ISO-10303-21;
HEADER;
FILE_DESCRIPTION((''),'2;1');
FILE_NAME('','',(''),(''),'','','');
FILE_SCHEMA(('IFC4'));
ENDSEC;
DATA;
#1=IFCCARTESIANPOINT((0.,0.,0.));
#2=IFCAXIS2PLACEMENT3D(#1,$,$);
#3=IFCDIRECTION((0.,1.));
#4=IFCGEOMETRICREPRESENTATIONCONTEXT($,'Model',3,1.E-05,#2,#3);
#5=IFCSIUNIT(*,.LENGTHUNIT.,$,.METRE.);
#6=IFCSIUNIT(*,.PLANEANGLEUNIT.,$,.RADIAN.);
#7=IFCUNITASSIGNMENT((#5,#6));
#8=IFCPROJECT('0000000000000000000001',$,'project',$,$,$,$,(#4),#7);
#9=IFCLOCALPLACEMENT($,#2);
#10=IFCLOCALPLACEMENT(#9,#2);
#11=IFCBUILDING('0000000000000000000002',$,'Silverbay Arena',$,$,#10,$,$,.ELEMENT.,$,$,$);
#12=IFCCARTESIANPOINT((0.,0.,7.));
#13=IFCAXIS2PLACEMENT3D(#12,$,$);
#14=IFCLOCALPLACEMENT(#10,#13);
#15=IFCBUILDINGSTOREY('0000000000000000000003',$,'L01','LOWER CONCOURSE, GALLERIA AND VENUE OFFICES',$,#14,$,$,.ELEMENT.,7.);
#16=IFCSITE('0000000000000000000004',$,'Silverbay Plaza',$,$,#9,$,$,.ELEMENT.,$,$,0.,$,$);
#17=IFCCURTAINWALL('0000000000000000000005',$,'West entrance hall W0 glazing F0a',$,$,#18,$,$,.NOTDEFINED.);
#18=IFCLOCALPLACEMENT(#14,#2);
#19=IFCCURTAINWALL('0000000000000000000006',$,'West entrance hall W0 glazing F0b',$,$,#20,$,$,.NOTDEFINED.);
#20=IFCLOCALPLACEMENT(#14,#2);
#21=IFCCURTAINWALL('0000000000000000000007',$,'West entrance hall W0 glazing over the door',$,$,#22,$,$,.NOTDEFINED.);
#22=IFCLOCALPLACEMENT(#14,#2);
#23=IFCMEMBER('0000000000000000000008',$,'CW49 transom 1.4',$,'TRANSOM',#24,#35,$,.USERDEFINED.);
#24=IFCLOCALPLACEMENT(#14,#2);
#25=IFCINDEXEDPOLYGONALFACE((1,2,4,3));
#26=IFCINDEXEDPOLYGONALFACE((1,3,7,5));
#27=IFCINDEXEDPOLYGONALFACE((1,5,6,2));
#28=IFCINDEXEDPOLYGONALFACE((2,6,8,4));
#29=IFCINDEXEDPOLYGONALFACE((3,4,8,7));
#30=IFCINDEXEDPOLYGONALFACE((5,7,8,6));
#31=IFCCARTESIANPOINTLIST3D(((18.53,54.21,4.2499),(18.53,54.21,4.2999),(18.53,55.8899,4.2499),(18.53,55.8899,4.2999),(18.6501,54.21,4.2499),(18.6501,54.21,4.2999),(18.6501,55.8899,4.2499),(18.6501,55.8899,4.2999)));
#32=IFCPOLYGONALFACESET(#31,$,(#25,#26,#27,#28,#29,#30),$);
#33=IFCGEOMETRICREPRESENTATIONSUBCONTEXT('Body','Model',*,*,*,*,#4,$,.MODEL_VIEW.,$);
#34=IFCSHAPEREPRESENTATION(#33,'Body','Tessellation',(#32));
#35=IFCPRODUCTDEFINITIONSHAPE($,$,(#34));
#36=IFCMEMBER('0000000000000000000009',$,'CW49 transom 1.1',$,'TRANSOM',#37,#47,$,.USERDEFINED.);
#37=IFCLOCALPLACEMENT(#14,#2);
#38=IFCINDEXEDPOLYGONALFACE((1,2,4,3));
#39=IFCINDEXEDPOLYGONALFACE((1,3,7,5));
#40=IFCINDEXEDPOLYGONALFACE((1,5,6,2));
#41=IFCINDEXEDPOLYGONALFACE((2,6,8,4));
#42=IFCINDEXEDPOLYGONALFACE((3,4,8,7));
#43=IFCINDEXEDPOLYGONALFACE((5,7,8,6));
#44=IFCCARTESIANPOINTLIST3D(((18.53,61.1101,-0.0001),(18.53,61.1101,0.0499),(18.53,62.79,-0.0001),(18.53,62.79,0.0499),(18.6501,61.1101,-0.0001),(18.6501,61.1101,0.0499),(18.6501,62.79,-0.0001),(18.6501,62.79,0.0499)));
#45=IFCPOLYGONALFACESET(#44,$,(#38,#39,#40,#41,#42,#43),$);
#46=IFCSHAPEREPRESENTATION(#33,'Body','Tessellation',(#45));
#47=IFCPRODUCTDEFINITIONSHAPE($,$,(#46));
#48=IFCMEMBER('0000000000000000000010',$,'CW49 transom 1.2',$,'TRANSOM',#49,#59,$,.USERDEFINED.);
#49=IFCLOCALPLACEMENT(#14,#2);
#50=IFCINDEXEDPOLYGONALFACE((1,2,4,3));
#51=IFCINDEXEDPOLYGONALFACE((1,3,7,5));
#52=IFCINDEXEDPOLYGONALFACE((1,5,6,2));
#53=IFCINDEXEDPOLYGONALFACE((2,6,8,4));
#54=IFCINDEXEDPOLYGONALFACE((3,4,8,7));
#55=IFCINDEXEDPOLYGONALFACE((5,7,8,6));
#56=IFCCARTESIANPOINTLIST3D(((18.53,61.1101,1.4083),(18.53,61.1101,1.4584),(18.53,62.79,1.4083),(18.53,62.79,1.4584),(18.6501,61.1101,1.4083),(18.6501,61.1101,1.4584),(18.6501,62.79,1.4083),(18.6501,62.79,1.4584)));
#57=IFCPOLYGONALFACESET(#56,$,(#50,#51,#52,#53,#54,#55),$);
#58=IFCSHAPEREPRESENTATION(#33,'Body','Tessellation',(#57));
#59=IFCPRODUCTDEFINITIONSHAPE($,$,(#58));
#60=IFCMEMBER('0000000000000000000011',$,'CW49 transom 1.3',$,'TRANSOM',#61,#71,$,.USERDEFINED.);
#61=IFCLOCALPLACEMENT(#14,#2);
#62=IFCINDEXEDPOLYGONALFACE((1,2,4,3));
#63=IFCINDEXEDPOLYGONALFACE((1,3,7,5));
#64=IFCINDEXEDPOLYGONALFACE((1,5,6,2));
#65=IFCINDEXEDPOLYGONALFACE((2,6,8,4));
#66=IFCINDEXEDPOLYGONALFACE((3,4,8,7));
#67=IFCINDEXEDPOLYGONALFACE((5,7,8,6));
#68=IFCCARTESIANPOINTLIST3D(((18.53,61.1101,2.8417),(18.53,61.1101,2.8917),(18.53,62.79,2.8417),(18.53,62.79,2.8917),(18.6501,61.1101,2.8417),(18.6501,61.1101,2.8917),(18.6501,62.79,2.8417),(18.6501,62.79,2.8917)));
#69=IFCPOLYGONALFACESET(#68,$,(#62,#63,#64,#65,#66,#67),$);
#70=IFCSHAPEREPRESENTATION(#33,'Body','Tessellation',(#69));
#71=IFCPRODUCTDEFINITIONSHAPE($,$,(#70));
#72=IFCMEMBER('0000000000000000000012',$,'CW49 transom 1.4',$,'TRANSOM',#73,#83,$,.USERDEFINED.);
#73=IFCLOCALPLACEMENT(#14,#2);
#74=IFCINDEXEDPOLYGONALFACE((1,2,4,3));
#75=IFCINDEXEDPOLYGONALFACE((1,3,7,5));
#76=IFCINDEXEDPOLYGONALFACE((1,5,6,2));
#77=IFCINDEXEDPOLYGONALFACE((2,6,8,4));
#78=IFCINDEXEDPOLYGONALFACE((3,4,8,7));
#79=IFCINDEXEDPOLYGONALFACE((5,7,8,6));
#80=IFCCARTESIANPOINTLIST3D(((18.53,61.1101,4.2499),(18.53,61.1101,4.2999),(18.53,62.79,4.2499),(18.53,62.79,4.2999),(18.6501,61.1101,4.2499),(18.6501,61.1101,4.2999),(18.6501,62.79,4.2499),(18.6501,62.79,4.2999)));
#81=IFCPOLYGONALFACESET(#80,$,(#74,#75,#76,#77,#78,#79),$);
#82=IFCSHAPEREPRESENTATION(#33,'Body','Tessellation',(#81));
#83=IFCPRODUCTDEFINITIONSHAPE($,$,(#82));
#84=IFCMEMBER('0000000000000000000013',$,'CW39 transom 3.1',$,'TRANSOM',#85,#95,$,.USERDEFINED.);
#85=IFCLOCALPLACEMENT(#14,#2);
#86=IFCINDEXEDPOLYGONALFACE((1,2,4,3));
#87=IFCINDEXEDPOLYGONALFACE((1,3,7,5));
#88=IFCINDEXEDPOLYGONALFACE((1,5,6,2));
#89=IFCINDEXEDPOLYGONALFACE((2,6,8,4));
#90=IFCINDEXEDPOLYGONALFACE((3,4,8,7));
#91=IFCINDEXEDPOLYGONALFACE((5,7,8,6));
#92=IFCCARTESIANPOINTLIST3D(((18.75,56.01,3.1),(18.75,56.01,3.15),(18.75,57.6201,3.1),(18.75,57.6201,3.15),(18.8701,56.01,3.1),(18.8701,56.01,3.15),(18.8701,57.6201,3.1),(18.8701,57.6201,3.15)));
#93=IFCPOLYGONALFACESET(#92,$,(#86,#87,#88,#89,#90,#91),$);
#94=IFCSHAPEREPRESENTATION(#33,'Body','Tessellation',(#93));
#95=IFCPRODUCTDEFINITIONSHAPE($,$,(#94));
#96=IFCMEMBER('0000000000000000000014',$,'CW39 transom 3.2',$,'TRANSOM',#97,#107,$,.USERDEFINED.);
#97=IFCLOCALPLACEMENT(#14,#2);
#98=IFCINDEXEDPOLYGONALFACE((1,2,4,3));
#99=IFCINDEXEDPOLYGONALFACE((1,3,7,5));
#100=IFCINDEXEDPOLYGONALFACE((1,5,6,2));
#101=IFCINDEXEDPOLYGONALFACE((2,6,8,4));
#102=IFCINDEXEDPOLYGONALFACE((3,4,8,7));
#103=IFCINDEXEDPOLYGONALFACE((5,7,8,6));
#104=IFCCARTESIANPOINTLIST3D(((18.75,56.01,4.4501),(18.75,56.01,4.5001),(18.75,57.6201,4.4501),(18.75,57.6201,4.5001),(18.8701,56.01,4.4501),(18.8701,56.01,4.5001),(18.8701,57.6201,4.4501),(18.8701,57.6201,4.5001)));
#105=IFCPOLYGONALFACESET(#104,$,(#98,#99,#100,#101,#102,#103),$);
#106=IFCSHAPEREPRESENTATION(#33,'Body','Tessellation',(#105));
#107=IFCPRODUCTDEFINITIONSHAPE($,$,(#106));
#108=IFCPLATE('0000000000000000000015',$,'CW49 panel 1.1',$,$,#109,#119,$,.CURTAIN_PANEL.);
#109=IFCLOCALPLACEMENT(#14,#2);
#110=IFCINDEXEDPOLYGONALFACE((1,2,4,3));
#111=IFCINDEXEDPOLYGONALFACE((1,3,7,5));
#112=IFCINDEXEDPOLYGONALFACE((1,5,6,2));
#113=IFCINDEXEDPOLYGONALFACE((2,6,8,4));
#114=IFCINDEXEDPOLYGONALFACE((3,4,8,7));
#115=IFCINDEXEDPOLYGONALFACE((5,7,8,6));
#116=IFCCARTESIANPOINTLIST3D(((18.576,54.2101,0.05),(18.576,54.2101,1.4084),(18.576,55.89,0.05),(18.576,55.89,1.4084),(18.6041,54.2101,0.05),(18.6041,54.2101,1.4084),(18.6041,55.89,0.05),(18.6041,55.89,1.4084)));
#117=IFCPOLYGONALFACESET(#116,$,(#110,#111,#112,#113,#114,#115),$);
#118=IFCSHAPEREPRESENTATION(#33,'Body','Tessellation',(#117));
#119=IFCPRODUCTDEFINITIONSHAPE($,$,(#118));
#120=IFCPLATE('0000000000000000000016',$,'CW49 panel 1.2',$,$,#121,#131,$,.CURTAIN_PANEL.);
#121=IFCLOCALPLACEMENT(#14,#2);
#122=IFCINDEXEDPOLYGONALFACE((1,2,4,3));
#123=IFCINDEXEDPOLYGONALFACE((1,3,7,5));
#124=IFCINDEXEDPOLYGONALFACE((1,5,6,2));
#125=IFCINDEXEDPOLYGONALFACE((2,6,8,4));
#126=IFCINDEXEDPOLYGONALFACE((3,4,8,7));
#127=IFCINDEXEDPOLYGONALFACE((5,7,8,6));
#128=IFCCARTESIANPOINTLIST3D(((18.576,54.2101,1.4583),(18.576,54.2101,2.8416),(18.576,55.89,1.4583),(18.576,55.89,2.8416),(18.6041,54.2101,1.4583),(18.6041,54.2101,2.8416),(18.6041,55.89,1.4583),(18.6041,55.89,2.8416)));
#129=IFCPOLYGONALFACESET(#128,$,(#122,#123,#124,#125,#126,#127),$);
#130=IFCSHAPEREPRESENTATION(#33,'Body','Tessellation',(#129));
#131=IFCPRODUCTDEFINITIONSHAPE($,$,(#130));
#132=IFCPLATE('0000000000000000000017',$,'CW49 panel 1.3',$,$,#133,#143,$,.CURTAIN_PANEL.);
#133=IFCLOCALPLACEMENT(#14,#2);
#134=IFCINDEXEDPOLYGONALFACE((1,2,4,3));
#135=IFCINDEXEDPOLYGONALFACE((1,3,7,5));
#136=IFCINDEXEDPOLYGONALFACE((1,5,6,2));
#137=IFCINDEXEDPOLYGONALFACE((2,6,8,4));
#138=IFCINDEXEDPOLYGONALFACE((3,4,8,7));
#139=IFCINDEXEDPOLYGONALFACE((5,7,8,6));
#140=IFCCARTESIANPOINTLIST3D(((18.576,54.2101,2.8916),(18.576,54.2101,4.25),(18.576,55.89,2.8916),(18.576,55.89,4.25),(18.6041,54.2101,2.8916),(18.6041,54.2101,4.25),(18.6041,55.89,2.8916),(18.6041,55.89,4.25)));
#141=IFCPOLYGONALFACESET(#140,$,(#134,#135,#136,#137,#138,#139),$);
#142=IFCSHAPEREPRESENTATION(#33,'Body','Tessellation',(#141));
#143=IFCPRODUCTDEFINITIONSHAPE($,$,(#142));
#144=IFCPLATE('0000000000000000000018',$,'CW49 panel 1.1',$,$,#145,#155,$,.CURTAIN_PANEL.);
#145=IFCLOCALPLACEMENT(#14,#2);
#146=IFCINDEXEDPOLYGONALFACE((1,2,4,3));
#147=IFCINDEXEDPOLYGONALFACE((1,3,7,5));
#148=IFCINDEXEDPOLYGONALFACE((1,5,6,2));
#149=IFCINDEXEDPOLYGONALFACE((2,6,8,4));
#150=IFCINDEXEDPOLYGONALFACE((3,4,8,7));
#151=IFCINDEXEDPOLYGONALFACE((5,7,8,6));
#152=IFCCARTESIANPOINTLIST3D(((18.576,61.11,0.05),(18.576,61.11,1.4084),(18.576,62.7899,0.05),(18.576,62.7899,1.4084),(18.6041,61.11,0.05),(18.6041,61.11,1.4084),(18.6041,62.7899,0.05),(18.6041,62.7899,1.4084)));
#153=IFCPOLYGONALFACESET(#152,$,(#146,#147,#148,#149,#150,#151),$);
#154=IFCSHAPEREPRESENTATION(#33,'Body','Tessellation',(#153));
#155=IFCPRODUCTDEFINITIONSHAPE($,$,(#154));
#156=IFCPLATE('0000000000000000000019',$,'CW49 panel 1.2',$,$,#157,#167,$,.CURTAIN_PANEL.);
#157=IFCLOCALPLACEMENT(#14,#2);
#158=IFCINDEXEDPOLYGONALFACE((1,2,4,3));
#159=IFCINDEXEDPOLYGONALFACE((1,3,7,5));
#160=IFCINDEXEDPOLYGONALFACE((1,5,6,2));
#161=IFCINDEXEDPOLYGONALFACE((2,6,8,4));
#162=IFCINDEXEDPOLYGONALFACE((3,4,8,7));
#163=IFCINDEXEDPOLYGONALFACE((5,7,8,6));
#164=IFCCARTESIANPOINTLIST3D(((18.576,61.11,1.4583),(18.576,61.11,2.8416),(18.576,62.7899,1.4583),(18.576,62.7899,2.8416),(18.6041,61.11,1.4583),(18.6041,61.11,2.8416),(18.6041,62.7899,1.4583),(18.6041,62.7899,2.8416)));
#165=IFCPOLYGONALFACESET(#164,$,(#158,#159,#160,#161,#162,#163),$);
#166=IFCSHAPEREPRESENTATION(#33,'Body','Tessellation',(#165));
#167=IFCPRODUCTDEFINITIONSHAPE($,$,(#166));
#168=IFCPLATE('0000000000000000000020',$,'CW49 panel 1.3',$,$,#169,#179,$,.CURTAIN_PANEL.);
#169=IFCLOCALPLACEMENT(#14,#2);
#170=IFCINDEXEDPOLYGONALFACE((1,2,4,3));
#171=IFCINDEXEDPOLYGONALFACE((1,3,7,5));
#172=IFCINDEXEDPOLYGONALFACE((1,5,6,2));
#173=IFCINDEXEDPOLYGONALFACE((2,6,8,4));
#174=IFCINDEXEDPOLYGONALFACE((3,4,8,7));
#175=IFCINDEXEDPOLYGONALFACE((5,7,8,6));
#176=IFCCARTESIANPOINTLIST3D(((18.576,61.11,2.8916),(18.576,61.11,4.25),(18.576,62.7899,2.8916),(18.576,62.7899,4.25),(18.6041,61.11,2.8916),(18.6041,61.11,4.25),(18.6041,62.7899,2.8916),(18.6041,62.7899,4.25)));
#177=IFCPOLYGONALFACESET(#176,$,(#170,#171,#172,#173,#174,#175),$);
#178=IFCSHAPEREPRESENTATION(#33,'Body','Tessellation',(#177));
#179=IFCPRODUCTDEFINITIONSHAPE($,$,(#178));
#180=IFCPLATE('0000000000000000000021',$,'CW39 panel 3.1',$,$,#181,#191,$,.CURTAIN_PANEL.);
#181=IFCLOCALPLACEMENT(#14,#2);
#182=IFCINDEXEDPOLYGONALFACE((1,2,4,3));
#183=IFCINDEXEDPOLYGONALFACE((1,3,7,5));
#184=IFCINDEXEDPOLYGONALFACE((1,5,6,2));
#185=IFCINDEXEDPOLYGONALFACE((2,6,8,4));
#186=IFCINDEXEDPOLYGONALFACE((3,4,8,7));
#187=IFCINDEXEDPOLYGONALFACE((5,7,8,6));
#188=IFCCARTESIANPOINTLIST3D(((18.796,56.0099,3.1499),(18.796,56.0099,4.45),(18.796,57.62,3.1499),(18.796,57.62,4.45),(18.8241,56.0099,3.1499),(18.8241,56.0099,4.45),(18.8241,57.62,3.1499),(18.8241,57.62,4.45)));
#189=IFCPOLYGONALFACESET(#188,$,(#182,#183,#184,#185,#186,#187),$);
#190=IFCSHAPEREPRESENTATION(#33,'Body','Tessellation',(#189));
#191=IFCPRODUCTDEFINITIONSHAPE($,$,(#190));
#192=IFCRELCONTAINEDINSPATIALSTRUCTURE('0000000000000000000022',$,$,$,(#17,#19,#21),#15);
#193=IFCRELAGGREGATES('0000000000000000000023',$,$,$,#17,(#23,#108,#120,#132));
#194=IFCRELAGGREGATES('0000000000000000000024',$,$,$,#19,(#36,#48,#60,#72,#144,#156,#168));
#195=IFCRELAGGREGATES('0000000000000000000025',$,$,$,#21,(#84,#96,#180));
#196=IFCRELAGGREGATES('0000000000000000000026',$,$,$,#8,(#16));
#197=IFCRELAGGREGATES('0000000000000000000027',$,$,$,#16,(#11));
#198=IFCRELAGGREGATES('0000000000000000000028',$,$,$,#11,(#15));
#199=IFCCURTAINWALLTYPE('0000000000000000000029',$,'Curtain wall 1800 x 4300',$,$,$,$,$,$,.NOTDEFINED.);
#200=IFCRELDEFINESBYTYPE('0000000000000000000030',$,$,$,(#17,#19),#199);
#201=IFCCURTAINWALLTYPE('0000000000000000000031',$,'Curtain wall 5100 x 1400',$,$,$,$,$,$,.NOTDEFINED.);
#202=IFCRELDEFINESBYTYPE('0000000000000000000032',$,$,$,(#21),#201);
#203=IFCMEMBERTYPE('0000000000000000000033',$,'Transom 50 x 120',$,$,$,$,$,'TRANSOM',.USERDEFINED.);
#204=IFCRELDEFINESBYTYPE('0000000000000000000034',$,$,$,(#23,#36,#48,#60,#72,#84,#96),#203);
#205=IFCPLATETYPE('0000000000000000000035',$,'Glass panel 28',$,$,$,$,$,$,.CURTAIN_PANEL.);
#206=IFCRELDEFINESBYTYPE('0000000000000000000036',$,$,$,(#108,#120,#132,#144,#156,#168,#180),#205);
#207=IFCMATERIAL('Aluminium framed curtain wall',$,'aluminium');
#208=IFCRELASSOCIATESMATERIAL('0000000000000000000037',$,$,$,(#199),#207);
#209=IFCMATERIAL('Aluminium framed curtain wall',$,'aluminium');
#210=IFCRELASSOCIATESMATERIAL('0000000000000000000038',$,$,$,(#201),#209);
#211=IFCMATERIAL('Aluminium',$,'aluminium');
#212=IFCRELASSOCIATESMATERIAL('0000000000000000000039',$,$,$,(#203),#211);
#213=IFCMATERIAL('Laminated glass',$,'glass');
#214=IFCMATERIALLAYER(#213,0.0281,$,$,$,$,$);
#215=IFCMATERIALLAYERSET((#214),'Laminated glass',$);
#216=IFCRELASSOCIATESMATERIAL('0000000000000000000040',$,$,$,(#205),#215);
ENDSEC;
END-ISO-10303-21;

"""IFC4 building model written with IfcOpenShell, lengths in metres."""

from ifc_helpers import new_model, si_unit, direction, frame, origin, origin_2d, place, context, subcontext, project, spatial, rectangle, extrude, material, layer, layer_set, material_profile, profile_set, type_object, element, aggregate, save


model = new_model("IFC4")

# Units and contexts
model_context = context("Model", 3, precision=1e-05, world=origin(), true_north=direction((0.0, 1.0)))
body_context = subcontext(model_context, "Body", "Model", "MODEL_VIEW")
ifc_project = project(units=[si_unit("LENGTHUNIT", "METRE"), si_unit("PLANEANGLEUNIT", "RADIAN")], contexts=[model_context])

# Site, building, storey
site_placement = place(None, origin())
site = spatial("IfcSite", under=ifc_project, at=site_placement, Name="Silverbay Plaza", CompositionType="ELEMENT", RefElevation=0.0)
building_placement = place(site_placement, origin())
building = spatial("IfcBuilding", under=site, at=building_placement, Name="Silverbay Arena", CompositionType="ELEMENT")
storey_placement = place(building_placement, frame((0.0, 0.0, 7.0)))
storey = spatial("IfcBuildingStorey", under=building, at=storey_placement, Name="L01", Description="LOWER CONCOURSE, GALLERIA AND VENUE OFFICES", CompositionType="ELEMENT", Elevation=7.0)

# Curtain walls
ifc_material_1 = material(Name="Aluminium framed curtain wall", Category="aluminium")
curtain_wall_type_1 = type_object("IfcCurtainWallType", Name="Curtain wall 1800 x 4300", PredefinedType="NOTDEFINED", material=ifc_material_1)
curtain_wall_1_placement = place(storey_placement, origin())
curtain_wall_1 = element("IfcCurtainWall", 1, at=curtain_wall_1_placement, inside=storey, type_object=curtain_wall_type_1, Name="West entrance hall W0 glazing F0a", PredefinedType="NOTDEFINED")
curtain_wall_2_placement = place(storey_placement, origin())
curtain_wall_2 = element("IfcCurtainWall", 2, at=curtain_wall_2_placement, inside=storey, type_object=curtain_wall_type_1, Name="West entrance hall W0 glazing F0b", PredefinedType="NOTDEFINED")
ifc_material_2 = material(Name="Aluminium framed curtain wall", Category="aluminium")
curtain_wall_type_2 = type_object("IfcCurtainWallType", Name="Curtain wall 5100 x 1400", PredefinedType="NOTDEFINED", material=ifc_material_2)
curtain_wall_3_placement = place(storey_placement, origin())
curtain_wall_3 = element("IfcCurtainWall", 3, at=curtain_wall_3_placement, inside=storey, type_object=curtain_wall_type_2, Name="West entrance hall W0 glazing over the door", PredefinedType="NOTDEFINED")

# Members
ifc_material_3 = material(Name="Aluminium", Category="aluminium")
ifc_material_profile_1 = material_profile(ifc_material_3, rectangle(XDim=0.1201, YDim=0.05, at=origin_2d()), Name="Transom 50 x 120")
ifc_profile_set_1 = profile_set([ifc_material_profile_1], Name="Aluminium")
member_type_1 = type_object("IfcMemberType", Name="Transom 50 x 120", ElementType="TRANSOM", PredefinedType="USERDEFINED", material=ifc_profile_set_1)
member_1_placement = place(storey_placement, frame((18.5901, 54.21, 4.2749), z_axis=(0.0, 1.0, 0.0), x_axis=(-1.0, 0.0, 0.0)))
member_1 = element("IfcMember", 4, at=member_1_placement, type_object=member_type_1, Name="CW49 transom 1.4", ObjectType="TRANSOM", PredefinedType="USERDEFINED", context=body_context, shape_type="SweptSolid", body=[
    extrude(rectangle(XDim=0.1201, YDim=0.05, at=origin_2d()), origin(), (0.0, 0.0, 1.0), 1.6799),
])
member_2_placement = place(storey_placement, frame((18.5901, 61.1101, 0.0249), z_axis=(0.0, 1.0, 0.0), x_axis=(-1.0, 0.0, 0.0)))
member_2 = element("IfcMember", 5, at=member_2_placement, type_object=member_type_1, Name="CW49 transom 1.1", ObjectType="TRANSOM", PredefinedType="USERDEFINED", context=body_context, shape_type="SweptSolid", body=[
    extrude(rectangle(XDim=0.1201, YDim=0.05, at=origin_2d()), origin(), (0.0, 0.0, 1.0), 1.6799),
])
member_3_placement = place(storey_placement, frame((18.5901, 61.1101, 1.4333), z_axis=(0.0, 1.0, 0.0), x_axis=(-1.0, 0.0, 0.0)))
member_3 = element("IfcMember", 6, at=member_3_placement, type_object=member_type_1, Name="CW49 transom 1.2", ObjectType="TRANSOM", PredefinedType="USERDEFINED", context=body_context, shape_type="SweptSolid", body=[
    extrude(rectangle(XDim=0.1201, YDim=0.05, at=origin_2d()), origin(), (0.0, 0.0, 1.0), 1.6799),
])
member_4_placement = place(storey_placement, frame((18.5901, 61.1101, 2.8667), z_axis=(0.0, 1.0, 0.0), x_axis=(-1.0, 0.0, 0.0)))
member_4 = element("IfcMember", 7, at=member_4_placement, type_object=member_type_1, Name="CW49 transom 1.3", ObjectType="TRANSOM", PredefinedType="USERDEFINED", context=body_context, shape_type="SweptSolid", body=[
    extrude(rectangle(XDim=0.1201, YDim=0.05, at=origin_2d()), origin(), (0.0, 0.0, 1.0), 1.6799),
])
member_5_placement = place(storey_placement, frame((18.5901, 61.1101, 4.2749), z_axis=(0.0, 1.0, 0.0), x_axis=(-1.0, 0.0, 0.0)))
member_5 = element("IfcMember", 8, at=member_5_placement, type_object=member_type_1, Name="CW49 transom 1.4", ObjectType="TRANSOM", PredefinedType="USERDEFINED", context=body_context, shape_type="SweptSolid", body=[
    extrude(rectangle(XDim=0.1201, YDim=0.05, at=origin_2d()), origin(), (0.0, 0.0, 1.0), 1.6799),
])
member_6_placement = place(storey_placement, frame((18.8101, 57.6201, 3.125), z_axis=(0.0, -1.0, 0.0), x_axis=(1.0, 0.0, 0.0)))
member_6 = element("IfcMember", 9, at=member_6_placement, type_object=member_type_1, Name="CW39 transom 3.1", ObjectType="TRANSOM", PredefinedType="USERDEFINED", context=body_context, shape_type="SweptSolid", body=[
    extrude(rectangle(XDim=0.1201, YDim=0.05, at=origin_2d()), origin(), (0.0, 0.0, 1.0), 1.6101),
])
member_7_placement = place(storey_placement, frame((18.8101, 57.6201, 4.4751), z_axis=(0.0, -1.0, 0.0), x_axis=(1.0, 0.0, 0.0)))
member_7 = element("IfcMember", 10, at=member_7_placement, type_object=member_type_1, Name="CW39 transom 3.2", ObjectType="TRANSOM", PredefinedType="USERDEFINED", context=body_context, shape_type="SweptSolid", body=[
    extrude(rectangle(XDim=0.1201, YDim=0.05, at=origin_2d()), origin(), (0.0, 0.0, 1.0), 1.6101),
])

# Plates
ifc_material_4 = material(Name="Laminated glass", Category="glass")
ifc_layer_1 = layer(ifc_material_4, 0.0281)
ifc_layer_set_1 = layer_set([ifc_layer_1], Name="Laminated glass")
plate_type = type_object("IfcPlateType", Name="Glass panel 28", PredefinedType="CURTAIN_PANEL", material=ifc_layer_set_1)
plate_1_placement = place(storey_placement, frame((18.5901, 55.05, 0.05), z_axis=(0.0, 0.0, 1.0), x_axis=(0.0, 1.0, 0.0)))
plate_1 = element("IfcPlate", 11, at=plate_1_placement, type_object=plate_type, Name="CW49 panel 1.1", PredefinedType="CURTAIN_PANEL", context=body_context, shape_type="SweptSolid", body=[
    extrude(rectangle(XDim=1.6799, YDim=0.0281, at=origin_2d()), origin(), (0.0, 0.0, 1.0), 1.3584),
])
plate_2_placement = place(storey_placement, frame((18.5901, 55.05, 1.4583), z_axis=(0.0, 0.0, 1.0), x_axis=(0.0, 1.0, 0.0)))
plate_2 = element("IfcPlate", 12, at=plate_2_placement, type_object=plate_type, Name="CW49 panel 1.2", PredefinedType="CURTAIN_PANEL", context=body_context, shape_type="SweptSolid", body=[
    extrude(rectangle(XDim=1.6799, YDim=0.0281, at=origin_2d()), origin(), (0.0, 0.0, 1.0), 1.3833),
])
plate_3_placement = place(storey_placement, frame((18.5901, 55.05, 2.8916), z_axis=(0.0, 0.0, 1.0), x_axis=(0.0, 1.0, 0.0)))
plate_3 = element("IfcPlate", 13, at=plate_3_placement, type_object=plate_type, Name="CW49 panel 1.3", PredefinedType="CURTAIN_PANEL", context=body_context, shape_type="SweptSolid", body=[
    extrude(rectangle(XDim=1.6799, YDim=0.0281, at=origin_2d()), origin(), (0.0, 0.0, 1.0), 1.3584),
])
aggregate(curtain_wall_1, [member_1, plate_1, plate_2, plate_3])
plate_4_placement = place(storey_placement, frame((18.5901, 61.95, 0.05), z_axis=(0.0, 0.0, 1.0), x_axis=(0.0, 1.0, 0.0)))
plate_4 = element("IfcPlate", 14, at=plate_4_placement, type_object=plate_type, Name="CW49 panel 1.1", PredefinedType="CURTAIN_PANEL", context=body_context, shape_type="SweptSolid", body=[
    extrude(rectangle(XDim=1.6799, YDim=0.0281, at=origin_2d()), origin(), (0.0, 0.0, 1.0), 1.3584),
])
plate_5_placement = place(storey_placement, frame((18.5901, 61.95, 1.4583), z_axis=(0.0, 0.0, 1.0), x_axis=(0.0, 1.0, 0.0)))
plate_5 = element("IfcPlate", 15, at=plate_5_placement, type_object=plate_type, Name="CW49 panel 1.2", PredefinedType="CURTAIN_PANEL", context=body_context, shape_type="SweptSolid", body=[
    extrude(rectangle(XDim=1.6799, YDim=0.0281, at=origin_2d()), origin(), (0.0, 0.0, 1.0), 1.3833),
])
plate_6_placement = place(storey_placement, frame((18.5901, 61.95, 2.8916), z_axis=(0.0, 0.0, 1.0), x_axis=(0.0, 1.0, 0.0)))
plate_6 = element("IfcPlate", 16, at=plate_6_placement, type_object=plate_type, Name="CW49 panel 1.3", PredefinedType="CURTAIN_PANEL", context=body_context, shape_type="SweptSolid", body=[
    extrude(rectangle(XDim=1.6799, YDim=0.0281, at=origin_2d()), origin(), (0.0, 0.0, 1.0), 1.3584),
])
aggregate(curtain_wall_2, [member_2, member_3, member_4, member_5, plate_4, plate_5, plate_6])
plate_7_placement = place(storey_placement, frame((18.8101, 56.8149, 3.1499), z_axis=(0.0, 0.0, 1.0), x_axis=(0.0, -1.0, 0.0)))
plate_7 = element("IfcPlate", 17, at=plate_7_placement, type_object=plate_type, Name="CW39 panel 3.1", PredefinedType="CURTAIN_PANEL", context=body_context, shape_type="SweptSolid", body=[
    extrude(rectangle(XDim=1.6101, YDim=0.0281, at=origin_2d()), origin(), (0.0, 0.0, 1.0), 1.3),
])
aggregate(curtain_wall_3, [member_6, member_7, plate_7])

save(model, "model.ifc")
